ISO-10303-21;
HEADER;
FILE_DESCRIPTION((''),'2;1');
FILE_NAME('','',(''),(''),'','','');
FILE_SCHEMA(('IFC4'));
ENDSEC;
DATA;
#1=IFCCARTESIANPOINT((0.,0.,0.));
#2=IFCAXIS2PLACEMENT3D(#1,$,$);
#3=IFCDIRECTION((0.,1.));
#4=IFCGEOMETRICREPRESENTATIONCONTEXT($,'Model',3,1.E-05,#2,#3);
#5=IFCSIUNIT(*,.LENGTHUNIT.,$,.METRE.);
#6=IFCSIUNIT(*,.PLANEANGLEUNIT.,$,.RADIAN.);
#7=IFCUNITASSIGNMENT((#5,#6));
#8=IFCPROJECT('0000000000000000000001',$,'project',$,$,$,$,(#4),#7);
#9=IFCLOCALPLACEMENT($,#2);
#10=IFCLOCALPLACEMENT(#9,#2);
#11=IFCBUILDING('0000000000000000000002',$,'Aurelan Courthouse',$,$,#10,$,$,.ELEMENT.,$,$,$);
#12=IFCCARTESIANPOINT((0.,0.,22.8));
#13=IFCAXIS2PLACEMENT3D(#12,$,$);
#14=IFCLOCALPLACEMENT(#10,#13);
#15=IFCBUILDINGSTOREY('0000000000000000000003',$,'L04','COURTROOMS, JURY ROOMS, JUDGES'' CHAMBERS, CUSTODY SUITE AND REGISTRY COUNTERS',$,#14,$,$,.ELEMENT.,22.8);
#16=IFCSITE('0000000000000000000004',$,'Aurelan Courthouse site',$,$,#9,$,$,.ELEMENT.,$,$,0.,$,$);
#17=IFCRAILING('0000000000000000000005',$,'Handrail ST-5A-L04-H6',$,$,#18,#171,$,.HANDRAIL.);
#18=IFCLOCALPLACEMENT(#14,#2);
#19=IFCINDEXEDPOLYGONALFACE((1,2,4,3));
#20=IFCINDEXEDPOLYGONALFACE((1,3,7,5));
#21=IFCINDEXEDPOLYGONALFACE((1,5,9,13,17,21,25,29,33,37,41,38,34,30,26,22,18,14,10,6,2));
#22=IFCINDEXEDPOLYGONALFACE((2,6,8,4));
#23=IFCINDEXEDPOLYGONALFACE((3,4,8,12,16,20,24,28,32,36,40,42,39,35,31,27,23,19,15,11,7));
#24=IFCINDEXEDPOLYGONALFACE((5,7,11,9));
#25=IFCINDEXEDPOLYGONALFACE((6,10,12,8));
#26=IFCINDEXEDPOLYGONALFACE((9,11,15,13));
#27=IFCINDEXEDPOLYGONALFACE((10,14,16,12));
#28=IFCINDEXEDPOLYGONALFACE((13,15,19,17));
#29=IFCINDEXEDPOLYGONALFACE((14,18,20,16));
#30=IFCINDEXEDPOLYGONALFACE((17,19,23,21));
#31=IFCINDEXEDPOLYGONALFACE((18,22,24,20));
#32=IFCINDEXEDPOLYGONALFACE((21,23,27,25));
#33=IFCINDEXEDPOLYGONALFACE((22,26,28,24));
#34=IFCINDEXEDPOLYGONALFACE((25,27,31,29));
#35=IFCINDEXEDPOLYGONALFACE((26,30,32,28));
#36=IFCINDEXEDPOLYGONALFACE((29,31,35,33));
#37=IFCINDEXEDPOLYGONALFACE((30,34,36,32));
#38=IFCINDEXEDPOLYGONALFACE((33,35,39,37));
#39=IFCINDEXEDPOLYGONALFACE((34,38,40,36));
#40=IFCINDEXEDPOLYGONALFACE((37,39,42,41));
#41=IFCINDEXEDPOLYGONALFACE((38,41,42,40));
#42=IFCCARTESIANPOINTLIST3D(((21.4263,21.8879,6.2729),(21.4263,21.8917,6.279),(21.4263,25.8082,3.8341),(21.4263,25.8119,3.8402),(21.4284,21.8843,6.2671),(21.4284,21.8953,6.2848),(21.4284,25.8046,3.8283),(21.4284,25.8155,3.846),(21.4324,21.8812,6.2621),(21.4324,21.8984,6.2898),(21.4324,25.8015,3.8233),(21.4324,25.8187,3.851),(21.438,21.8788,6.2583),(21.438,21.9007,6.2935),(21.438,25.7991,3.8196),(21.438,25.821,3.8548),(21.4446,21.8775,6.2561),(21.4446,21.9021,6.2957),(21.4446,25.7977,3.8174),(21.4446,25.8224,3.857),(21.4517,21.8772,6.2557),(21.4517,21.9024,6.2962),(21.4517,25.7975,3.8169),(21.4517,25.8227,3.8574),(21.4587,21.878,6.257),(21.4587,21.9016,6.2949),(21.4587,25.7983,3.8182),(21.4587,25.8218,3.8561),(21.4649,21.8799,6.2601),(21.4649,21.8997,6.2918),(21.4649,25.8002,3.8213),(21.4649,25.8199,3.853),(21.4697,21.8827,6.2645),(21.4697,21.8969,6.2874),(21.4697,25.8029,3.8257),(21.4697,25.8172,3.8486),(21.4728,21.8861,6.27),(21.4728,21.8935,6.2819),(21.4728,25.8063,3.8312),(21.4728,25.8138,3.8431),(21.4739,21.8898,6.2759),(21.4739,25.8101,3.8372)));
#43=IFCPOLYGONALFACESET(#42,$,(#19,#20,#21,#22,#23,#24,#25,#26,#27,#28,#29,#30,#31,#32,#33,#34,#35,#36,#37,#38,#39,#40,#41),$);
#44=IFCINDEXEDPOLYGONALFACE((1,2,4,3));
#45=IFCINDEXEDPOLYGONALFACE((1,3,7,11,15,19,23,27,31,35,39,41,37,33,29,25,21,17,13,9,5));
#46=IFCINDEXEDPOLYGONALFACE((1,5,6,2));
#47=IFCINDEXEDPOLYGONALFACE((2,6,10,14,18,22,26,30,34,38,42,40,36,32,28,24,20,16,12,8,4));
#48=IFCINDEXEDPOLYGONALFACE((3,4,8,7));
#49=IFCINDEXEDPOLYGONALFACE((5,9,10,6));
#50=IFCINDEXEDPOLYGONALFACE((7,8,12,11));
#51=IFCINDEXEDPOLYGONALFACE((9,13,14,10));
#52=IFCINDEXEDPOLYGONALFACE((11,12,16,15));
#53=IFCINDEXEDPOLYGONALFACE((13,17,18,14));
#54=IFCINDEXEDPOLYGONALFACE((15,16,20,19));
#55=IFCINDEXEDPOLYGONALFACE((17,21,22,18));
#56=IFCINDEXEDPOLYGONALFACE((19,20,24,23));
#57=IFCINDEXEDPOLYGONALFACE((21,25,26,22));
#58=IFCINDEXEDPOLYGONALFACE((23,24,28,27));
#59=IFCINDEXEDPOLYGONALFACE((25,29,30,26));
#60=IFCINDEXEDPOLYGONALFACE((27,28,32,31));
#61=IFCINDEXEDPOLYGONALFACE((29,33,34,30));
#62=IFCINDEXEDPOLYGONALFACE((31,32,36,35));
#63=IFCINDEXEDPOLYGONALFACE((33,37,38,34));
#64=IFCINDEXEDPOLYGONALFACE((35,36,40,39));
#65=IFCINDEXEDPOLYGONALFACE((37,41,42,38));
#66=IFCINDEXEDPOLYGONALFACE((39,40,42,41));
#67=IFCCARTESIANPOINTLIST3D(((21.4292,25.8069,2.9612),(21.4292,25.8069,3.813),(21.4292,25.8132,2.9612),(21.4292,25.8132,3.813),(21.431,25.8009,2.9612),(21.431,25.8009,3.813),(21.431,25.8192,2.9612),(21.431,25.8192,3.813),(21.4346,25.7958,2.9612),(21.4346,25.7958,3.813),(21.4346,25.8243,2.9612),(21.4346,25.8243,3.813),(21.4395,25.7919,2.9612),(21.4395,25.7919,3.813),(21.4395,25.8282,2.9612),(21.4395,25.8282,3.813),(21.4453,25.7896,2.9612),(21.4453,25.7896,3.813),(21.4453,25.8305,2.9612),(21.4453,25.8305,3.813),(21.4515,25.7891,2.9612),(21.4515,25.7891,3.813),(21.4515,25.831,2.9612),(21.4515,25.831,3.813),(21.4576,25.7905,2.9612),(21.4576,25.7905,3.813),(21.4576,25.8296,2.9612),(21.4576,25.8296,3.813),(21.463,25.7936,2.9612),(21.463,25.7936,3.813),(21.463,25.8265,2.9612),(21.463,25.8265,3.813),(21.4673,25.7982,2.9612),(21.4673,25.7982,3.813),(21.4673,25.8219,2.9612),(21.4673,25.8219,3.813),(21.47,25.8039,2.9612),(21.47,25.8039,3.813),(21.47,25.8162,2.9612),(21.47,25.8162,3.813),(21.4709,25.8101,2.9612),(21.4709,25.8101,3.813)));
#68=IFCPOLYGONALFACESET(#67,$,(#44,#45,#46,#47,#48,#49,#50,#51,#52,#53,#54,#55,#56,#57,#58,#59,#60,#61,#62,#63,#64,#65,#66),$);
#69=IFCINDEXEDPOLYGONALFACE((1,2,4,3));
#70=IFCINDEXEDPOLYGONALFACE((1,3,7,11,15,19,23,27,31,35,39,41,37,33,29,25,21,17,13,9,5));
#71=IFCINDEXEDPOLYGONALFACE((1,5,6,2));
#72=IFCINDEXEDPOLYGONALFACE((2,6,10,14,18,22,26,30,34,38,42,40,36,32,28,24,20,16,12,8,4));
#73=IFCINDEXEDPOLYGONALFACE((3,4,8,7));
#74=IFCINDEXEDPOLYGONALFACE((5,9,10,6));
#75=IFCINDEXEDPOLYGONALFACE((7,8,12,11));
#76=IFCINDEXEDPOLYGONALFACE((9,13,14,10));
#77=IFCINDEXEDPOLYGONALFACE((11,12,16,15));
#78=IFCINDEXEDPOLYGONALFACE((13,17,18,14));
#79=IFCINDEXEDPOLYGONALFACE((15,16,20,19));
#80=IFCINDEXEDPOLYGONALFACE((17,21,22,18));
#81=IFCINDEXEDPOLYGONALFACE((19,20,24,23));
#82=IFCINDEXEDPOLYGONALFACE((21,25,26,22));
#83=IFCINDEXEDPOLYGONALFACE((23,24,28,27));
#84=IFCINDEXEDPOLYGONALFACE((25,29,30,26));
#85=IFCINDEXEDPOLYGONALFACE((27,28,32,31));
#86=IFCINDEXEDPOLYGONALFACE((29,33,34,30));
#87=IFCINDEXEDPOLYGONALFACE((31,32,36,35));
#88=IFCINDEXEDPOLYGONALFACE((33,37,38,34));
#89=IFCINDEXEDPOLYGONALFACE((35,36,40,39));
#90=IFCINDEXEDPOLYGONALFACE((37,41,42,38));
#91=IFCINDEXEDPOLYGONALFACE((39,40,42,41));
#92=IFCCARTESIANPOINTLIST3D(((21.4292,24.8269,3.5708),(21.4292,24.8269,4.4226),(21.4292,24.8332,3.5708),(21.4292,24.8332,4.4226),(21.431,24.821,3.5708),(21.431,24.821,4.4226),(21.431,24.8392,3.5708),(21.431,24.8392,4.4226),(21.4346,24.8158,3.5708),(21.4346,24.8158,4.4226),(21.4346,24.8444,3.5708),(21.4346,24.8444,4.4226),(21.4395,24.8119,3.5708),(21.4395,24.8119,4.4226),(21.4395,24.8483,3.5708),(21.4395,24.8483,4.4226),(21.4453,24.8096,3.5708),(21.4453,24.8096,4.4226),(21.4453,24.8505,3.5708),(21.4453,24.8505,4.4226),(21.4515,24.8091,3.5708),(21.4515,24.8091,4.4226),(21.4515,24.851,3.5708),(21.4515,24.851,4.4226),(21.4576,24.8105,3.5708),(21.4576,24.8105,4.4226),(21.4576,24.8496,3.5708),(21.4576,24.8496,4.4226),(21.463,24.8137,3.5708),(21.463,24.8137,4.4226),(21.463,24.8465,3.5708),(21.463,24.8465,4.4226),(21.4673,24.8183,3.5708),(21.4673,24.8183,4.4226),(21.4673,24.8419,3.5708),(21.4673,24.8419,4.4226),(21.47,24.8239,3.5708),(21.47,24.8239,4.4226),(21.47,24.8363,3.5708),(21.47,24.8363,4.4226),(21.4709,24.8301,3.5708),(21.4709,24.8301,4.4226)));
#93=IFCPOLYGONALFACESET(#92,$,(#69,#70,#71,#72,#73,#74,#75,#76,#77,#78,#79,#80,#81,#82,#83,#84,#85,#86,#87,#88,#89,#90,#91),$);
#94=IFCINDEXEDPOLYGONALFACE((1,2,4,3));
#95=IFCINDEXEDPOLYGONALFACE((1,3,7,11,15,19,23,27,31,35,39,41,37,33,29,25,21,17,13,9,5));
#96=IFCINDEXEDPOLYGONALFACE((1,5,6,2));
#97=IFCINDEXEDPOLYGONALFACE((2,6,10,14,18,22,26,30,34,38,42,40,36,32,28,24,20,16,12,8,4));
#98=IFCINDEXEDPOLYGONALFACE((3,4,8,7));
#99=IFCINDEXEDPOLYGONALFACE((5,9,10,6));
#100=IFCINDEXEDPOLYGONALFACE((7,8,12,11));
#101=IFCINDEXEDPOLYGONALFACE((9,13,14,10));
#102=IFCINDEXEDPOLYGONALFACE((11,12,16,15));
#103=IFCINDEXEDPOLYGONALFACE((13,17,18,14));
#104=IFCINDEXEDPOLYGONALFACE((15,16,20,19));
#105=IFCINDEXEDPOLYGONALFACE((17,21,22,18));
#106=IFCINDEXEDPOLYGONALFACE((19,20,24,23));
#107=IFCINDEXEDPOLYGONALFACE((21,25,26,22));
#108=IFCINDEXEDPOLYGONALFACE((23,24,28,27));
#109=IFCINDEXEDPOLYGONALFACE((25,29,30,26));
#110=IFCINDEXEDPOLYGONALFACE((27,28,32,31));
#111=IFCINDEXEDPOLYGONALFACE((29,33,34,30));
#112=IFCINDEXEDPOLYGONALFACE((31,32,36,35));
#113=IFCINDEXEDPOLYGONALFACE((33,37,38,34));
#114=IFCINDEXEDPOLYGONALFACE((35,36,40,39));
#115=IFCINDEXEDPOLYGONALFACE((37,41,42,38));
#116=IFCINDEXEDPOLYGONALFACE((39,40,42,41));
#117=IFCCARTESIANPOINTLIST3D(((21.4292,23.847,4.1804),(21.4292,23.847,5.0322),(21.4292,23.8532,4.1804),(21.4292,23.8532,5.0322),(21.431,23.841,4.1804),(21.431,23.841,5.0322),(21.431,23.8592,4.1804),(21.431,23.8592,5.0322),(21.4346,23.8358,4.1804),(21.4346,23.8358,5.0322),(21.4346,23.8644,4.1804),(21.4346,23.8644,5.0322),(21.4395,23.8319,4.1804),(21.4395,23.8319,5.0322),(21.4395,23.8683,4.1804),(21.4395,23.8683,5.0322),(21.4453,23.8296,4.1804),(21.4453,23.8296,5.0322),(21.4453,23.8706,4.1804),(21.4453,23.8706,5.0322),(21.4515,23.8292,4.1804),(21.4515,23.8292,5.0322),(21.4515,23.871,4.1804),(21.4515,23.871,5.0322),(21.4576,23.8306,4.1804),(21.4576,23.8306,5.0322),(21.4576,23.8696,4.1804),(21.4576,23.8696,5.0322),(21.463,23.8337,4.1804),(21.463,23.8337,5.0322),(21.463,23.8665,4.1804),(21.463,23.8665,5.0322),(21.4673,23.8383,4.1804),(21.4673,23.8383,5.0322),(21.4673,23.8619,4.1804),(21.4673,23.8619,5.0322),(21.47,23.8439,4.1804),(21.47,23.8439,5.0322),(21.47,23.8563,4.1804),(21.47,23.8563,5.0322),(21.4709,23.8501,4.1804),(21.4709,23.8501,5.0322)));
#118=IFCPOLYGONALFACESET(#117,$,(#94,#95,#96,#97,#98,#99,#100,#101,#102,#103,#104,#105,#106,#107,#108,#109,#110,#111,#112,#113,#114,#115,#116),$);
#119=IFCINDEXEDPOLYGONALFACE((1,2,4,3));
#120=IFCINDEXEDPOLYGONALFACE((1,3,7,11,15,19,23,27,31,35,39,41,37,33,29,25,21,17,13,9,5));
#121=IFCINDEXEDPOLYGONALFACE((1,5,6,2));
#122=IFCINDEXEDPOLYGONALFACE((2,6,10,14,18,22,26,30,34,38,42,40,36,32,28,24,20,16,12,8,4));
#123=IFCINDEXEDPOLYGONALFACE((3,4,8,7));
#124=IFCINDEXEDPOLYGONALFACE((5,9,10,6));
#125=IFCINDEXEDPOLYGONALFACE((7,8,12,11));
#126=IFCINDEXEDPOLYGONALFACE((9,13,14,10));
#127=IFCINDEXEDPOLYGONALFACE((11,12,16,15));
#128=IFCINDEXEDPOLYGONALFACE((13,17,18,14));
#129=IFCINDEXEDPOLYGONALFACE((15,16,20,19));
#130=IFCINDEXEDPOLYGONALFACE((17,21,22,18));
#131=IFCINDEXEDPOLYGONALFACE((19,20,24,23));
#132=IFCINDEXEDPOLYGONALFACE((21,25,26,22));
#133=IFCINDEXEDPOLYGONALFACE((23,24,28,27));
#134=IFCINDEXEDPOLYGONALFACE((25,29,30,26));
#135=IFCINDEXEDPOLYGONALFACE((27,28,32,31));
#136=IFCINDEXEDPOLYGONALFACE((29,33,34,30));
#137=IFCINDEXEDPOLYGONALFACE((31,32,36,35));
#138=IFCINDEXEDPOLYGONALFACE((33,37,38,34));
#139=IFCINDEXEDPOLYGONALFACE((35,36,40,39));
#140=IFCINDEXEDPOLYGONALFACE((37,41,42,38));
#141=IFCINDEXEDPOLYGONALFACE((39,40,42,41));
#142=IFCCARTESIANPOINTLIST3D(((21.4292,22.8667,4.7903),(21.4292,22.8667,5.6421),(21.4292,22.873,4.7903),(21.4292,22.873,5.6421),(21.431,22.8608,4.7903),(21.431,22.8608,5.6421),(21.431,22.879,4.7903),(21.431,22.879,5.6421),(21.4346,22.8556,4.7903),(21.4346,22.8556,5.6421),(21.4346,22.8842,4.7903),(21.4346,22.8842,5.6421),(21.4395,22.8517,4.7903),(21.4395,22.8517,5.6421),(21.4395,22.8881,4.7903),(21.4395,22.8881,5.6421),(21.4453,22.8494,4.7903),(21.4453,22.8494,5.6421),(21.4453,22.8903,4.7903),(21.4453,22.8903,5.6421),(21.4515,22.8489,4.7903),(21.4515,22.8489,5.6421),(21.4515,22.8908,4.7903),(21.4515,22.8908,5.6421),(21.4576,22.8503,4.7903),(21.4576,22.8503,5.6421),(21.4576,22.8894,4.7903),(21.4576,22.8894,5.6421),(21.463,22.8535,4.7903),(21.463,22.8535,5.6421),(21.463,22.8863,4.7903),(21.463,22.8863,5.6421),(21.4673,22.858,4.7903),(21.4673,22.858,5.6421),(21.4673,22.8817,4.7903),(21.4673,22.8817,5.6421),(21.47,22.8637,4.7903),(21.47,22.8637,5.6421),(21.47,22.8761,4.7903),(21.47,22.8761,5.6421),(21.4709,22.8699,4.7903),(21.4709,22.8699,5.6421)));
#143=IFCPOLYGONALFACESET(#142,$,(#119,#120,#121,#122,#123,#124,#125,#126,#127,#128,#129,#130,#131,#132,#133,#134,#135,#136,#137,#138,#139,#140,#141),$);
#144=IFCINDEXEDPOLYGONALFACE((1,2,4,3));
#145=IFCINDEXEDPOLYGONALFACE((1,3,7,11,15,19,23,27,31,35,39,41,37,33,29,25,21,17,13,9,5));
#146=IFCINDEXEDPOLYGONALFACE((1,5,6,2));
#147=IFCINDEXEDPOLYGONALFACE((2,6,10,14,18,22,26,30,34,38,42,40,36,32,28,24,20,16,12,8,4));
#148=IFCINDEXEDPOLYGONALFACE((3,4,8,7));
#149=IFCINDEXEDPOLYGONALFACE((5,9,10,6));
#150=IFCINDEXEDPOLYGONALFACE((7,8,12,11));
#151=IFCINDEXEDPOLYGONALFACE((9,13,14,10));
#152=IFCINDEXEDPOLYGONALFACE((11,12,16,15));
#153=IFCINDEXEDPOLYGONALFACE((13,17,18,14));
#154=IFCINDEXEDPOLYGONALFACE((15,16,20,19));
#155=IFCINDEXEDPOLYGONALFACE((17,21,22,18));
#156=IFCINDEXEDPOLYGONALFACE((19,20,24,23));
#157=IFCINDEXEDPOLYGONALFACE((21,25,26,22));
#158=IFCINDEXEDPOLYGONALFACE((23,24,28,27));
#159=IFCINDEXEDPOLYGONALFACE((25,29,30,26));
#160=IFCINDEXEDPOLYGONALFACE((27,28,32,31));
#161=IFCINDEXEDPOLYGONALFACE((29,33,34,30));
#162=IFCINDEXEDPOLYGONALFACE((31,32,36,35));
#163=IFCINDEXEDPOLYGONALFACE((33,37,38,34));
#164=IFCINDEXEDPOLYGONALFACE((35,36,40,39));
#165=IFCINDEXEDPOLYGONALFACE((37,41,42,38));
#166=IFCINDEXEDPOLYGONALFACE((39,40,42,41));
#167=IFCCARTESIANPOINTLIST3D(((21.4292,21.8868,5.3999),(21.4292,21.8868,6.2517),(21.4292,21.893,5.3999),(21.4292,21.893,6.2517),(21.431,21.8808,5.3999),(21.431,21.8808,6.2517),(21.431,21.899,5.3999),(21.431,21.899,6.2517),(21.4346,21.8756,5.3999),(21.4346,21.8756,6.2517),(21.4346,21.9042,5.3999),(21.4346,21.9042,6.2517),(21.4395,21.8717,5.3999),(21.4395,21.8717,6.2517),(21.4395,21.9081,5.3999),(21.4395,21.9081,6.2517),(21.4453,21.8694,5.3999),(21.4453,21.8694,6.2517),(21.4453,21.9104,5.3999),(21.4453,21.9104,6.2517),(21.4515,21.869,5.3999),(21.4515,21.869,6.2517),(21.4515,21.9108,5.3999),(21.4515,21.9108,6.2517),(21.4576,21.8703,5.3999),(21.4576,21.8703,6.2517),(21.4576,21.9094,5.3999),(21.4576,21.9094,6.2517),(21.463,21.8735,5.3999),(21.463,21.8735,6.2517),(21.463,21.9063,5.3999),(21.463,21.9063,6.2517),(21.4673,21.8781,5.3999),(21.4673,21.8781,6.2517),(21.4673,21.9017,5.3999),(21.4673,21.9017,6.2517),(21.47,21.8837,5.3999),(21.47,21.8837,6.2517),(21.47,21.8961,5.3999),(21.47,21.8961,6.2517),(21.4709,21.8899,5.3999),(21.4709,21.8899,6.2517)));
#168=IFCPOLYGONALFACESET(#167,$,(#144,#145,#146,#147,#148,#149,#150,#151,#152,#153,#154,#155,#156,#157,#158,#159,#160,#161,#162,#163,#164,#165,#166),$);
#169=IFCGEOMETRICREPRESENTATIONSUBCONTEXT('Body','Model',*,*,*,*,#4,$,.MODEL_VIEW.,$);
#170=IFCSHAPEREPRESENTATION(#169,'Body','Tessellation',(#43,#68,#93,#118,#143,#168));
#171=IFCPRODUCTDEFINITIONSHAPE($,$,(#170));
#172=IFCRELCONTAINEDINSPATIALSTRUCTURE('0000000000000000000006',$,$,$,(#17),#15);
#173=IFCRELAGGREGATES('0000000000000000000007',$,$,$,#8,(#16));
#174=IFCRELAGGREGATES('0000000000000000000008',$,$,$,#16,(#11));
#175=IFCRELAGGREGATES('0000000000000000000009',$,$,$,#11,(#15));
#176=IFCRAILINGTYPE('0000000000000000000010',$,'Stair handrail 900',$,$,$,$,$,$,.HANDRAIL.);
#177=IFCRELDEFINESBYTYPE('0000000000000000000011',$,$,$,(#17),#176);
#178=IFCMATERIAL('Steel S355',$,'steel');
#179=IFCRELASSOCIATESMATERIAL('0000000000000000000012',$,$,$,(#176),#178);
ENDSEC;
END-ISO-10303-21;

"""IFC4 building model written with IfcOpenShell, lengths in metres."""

from ifc_helpers import new_model, si_unit, direction, frame, origin, origin_2d, place, context, subcontext, project, spatial, circle, extrude, material, type_object, element, save


model = new_model("IFC4")

# Units and contexts
model_context = context("Model", 3, precision=1e-05, world=origin(), true_north=direction((0.0, 1.0)))
body_context = subcontext(model_context, "Body", "Model", "MODEL_VIEW")
ifc_project = project(units=[si_unit("LENGTHUNIT", "METRE"), si_unit("PLANEANGLEUNIT", "RADIAN")], contexts=[model_context])

# Site, building, storey
site_placement = place(None, origin())
site = spatial("IfcSite", under=ifc_project, at=site_placement, Name="Aurelan Courthouse site", CompositionType="ELEMENT", RefElevation=0.0)
building_placement = place(site_placement, origin())
building = spatial("IfcBuilding", under=site, at=building_placement, Name="Aurelan Courthouse", CompositionType="ELEMENT")
storey_placement = place(building_placement, frame((0.0, 0.0, 22.8)))
storey = spatial("IfcBuildingStorey", under=building, at=storey_placement, Name="L04", Description="COURTROOMS, JURY ROOMS, JUDGES' CHAMBERS, CUSTODY SUITE AND REGISTRY COUNTERS", CompositionType="ELEMENT", Elevation=22.8)

# Railing
ifc_material_1 = material(Name="Steel S355", Category="steel")
railing_type_1 = type_object("IfcRailingType", Name="Stair handrail 900", PredefinedType="HANDRAIL", material=ifc_material_1)
for number, where, name in (
    (1, (21.45, 25.8101, 2.9612), "Handrail ST-5A-L04-H6"),
):
    element("IfcRailing", number, at=place(storey_placement, frame(where)), inside=storey, type_object=railing_type_1, Name=name, PredefinedType="HANDRAIL", context=body_context, shape_type="SweptSolid", body=[
        extrude(circle(Radius=0.0239, at=origin_2d()), frame((0.0, 0.0, 0.876), z_axis=(0.0, -0.849105, 0.528225), x_axis=(1.0, 0.0, 0.0)), (0.0, 0.0, 1.0), 4.6169),
        extrude(circle(Radius=0.021, at=origin_2d()), origin(), (0.0, 0.0, 1.0), 0.8518),
        extrude(circle(Radius=0.021, at=origin_2d()), frame((0.0, -0.98, 0.6096)), (0.0, 0.0, 1.0), 0.8518),
        extrude(circle(Radius=0.021, at=origin_2d()), frame((0.0, -1.96, 1.2192)), (0.0, 0.0, 1.0), 0.8518),
        extrude(circle(Radius=0.021, at=origin_2d()), frame((0.0, -2.9402, 1.8291)), (0.0, 0.0, 1.0), 0.8518),
        extrude(circle(Radius=0.021, at=origin_2d()), frame((0.0, -3.9202, 2.4387)), (0.0, 0.0, 1.0), 0.8518),
    ])

save(model, "model.ifc")
